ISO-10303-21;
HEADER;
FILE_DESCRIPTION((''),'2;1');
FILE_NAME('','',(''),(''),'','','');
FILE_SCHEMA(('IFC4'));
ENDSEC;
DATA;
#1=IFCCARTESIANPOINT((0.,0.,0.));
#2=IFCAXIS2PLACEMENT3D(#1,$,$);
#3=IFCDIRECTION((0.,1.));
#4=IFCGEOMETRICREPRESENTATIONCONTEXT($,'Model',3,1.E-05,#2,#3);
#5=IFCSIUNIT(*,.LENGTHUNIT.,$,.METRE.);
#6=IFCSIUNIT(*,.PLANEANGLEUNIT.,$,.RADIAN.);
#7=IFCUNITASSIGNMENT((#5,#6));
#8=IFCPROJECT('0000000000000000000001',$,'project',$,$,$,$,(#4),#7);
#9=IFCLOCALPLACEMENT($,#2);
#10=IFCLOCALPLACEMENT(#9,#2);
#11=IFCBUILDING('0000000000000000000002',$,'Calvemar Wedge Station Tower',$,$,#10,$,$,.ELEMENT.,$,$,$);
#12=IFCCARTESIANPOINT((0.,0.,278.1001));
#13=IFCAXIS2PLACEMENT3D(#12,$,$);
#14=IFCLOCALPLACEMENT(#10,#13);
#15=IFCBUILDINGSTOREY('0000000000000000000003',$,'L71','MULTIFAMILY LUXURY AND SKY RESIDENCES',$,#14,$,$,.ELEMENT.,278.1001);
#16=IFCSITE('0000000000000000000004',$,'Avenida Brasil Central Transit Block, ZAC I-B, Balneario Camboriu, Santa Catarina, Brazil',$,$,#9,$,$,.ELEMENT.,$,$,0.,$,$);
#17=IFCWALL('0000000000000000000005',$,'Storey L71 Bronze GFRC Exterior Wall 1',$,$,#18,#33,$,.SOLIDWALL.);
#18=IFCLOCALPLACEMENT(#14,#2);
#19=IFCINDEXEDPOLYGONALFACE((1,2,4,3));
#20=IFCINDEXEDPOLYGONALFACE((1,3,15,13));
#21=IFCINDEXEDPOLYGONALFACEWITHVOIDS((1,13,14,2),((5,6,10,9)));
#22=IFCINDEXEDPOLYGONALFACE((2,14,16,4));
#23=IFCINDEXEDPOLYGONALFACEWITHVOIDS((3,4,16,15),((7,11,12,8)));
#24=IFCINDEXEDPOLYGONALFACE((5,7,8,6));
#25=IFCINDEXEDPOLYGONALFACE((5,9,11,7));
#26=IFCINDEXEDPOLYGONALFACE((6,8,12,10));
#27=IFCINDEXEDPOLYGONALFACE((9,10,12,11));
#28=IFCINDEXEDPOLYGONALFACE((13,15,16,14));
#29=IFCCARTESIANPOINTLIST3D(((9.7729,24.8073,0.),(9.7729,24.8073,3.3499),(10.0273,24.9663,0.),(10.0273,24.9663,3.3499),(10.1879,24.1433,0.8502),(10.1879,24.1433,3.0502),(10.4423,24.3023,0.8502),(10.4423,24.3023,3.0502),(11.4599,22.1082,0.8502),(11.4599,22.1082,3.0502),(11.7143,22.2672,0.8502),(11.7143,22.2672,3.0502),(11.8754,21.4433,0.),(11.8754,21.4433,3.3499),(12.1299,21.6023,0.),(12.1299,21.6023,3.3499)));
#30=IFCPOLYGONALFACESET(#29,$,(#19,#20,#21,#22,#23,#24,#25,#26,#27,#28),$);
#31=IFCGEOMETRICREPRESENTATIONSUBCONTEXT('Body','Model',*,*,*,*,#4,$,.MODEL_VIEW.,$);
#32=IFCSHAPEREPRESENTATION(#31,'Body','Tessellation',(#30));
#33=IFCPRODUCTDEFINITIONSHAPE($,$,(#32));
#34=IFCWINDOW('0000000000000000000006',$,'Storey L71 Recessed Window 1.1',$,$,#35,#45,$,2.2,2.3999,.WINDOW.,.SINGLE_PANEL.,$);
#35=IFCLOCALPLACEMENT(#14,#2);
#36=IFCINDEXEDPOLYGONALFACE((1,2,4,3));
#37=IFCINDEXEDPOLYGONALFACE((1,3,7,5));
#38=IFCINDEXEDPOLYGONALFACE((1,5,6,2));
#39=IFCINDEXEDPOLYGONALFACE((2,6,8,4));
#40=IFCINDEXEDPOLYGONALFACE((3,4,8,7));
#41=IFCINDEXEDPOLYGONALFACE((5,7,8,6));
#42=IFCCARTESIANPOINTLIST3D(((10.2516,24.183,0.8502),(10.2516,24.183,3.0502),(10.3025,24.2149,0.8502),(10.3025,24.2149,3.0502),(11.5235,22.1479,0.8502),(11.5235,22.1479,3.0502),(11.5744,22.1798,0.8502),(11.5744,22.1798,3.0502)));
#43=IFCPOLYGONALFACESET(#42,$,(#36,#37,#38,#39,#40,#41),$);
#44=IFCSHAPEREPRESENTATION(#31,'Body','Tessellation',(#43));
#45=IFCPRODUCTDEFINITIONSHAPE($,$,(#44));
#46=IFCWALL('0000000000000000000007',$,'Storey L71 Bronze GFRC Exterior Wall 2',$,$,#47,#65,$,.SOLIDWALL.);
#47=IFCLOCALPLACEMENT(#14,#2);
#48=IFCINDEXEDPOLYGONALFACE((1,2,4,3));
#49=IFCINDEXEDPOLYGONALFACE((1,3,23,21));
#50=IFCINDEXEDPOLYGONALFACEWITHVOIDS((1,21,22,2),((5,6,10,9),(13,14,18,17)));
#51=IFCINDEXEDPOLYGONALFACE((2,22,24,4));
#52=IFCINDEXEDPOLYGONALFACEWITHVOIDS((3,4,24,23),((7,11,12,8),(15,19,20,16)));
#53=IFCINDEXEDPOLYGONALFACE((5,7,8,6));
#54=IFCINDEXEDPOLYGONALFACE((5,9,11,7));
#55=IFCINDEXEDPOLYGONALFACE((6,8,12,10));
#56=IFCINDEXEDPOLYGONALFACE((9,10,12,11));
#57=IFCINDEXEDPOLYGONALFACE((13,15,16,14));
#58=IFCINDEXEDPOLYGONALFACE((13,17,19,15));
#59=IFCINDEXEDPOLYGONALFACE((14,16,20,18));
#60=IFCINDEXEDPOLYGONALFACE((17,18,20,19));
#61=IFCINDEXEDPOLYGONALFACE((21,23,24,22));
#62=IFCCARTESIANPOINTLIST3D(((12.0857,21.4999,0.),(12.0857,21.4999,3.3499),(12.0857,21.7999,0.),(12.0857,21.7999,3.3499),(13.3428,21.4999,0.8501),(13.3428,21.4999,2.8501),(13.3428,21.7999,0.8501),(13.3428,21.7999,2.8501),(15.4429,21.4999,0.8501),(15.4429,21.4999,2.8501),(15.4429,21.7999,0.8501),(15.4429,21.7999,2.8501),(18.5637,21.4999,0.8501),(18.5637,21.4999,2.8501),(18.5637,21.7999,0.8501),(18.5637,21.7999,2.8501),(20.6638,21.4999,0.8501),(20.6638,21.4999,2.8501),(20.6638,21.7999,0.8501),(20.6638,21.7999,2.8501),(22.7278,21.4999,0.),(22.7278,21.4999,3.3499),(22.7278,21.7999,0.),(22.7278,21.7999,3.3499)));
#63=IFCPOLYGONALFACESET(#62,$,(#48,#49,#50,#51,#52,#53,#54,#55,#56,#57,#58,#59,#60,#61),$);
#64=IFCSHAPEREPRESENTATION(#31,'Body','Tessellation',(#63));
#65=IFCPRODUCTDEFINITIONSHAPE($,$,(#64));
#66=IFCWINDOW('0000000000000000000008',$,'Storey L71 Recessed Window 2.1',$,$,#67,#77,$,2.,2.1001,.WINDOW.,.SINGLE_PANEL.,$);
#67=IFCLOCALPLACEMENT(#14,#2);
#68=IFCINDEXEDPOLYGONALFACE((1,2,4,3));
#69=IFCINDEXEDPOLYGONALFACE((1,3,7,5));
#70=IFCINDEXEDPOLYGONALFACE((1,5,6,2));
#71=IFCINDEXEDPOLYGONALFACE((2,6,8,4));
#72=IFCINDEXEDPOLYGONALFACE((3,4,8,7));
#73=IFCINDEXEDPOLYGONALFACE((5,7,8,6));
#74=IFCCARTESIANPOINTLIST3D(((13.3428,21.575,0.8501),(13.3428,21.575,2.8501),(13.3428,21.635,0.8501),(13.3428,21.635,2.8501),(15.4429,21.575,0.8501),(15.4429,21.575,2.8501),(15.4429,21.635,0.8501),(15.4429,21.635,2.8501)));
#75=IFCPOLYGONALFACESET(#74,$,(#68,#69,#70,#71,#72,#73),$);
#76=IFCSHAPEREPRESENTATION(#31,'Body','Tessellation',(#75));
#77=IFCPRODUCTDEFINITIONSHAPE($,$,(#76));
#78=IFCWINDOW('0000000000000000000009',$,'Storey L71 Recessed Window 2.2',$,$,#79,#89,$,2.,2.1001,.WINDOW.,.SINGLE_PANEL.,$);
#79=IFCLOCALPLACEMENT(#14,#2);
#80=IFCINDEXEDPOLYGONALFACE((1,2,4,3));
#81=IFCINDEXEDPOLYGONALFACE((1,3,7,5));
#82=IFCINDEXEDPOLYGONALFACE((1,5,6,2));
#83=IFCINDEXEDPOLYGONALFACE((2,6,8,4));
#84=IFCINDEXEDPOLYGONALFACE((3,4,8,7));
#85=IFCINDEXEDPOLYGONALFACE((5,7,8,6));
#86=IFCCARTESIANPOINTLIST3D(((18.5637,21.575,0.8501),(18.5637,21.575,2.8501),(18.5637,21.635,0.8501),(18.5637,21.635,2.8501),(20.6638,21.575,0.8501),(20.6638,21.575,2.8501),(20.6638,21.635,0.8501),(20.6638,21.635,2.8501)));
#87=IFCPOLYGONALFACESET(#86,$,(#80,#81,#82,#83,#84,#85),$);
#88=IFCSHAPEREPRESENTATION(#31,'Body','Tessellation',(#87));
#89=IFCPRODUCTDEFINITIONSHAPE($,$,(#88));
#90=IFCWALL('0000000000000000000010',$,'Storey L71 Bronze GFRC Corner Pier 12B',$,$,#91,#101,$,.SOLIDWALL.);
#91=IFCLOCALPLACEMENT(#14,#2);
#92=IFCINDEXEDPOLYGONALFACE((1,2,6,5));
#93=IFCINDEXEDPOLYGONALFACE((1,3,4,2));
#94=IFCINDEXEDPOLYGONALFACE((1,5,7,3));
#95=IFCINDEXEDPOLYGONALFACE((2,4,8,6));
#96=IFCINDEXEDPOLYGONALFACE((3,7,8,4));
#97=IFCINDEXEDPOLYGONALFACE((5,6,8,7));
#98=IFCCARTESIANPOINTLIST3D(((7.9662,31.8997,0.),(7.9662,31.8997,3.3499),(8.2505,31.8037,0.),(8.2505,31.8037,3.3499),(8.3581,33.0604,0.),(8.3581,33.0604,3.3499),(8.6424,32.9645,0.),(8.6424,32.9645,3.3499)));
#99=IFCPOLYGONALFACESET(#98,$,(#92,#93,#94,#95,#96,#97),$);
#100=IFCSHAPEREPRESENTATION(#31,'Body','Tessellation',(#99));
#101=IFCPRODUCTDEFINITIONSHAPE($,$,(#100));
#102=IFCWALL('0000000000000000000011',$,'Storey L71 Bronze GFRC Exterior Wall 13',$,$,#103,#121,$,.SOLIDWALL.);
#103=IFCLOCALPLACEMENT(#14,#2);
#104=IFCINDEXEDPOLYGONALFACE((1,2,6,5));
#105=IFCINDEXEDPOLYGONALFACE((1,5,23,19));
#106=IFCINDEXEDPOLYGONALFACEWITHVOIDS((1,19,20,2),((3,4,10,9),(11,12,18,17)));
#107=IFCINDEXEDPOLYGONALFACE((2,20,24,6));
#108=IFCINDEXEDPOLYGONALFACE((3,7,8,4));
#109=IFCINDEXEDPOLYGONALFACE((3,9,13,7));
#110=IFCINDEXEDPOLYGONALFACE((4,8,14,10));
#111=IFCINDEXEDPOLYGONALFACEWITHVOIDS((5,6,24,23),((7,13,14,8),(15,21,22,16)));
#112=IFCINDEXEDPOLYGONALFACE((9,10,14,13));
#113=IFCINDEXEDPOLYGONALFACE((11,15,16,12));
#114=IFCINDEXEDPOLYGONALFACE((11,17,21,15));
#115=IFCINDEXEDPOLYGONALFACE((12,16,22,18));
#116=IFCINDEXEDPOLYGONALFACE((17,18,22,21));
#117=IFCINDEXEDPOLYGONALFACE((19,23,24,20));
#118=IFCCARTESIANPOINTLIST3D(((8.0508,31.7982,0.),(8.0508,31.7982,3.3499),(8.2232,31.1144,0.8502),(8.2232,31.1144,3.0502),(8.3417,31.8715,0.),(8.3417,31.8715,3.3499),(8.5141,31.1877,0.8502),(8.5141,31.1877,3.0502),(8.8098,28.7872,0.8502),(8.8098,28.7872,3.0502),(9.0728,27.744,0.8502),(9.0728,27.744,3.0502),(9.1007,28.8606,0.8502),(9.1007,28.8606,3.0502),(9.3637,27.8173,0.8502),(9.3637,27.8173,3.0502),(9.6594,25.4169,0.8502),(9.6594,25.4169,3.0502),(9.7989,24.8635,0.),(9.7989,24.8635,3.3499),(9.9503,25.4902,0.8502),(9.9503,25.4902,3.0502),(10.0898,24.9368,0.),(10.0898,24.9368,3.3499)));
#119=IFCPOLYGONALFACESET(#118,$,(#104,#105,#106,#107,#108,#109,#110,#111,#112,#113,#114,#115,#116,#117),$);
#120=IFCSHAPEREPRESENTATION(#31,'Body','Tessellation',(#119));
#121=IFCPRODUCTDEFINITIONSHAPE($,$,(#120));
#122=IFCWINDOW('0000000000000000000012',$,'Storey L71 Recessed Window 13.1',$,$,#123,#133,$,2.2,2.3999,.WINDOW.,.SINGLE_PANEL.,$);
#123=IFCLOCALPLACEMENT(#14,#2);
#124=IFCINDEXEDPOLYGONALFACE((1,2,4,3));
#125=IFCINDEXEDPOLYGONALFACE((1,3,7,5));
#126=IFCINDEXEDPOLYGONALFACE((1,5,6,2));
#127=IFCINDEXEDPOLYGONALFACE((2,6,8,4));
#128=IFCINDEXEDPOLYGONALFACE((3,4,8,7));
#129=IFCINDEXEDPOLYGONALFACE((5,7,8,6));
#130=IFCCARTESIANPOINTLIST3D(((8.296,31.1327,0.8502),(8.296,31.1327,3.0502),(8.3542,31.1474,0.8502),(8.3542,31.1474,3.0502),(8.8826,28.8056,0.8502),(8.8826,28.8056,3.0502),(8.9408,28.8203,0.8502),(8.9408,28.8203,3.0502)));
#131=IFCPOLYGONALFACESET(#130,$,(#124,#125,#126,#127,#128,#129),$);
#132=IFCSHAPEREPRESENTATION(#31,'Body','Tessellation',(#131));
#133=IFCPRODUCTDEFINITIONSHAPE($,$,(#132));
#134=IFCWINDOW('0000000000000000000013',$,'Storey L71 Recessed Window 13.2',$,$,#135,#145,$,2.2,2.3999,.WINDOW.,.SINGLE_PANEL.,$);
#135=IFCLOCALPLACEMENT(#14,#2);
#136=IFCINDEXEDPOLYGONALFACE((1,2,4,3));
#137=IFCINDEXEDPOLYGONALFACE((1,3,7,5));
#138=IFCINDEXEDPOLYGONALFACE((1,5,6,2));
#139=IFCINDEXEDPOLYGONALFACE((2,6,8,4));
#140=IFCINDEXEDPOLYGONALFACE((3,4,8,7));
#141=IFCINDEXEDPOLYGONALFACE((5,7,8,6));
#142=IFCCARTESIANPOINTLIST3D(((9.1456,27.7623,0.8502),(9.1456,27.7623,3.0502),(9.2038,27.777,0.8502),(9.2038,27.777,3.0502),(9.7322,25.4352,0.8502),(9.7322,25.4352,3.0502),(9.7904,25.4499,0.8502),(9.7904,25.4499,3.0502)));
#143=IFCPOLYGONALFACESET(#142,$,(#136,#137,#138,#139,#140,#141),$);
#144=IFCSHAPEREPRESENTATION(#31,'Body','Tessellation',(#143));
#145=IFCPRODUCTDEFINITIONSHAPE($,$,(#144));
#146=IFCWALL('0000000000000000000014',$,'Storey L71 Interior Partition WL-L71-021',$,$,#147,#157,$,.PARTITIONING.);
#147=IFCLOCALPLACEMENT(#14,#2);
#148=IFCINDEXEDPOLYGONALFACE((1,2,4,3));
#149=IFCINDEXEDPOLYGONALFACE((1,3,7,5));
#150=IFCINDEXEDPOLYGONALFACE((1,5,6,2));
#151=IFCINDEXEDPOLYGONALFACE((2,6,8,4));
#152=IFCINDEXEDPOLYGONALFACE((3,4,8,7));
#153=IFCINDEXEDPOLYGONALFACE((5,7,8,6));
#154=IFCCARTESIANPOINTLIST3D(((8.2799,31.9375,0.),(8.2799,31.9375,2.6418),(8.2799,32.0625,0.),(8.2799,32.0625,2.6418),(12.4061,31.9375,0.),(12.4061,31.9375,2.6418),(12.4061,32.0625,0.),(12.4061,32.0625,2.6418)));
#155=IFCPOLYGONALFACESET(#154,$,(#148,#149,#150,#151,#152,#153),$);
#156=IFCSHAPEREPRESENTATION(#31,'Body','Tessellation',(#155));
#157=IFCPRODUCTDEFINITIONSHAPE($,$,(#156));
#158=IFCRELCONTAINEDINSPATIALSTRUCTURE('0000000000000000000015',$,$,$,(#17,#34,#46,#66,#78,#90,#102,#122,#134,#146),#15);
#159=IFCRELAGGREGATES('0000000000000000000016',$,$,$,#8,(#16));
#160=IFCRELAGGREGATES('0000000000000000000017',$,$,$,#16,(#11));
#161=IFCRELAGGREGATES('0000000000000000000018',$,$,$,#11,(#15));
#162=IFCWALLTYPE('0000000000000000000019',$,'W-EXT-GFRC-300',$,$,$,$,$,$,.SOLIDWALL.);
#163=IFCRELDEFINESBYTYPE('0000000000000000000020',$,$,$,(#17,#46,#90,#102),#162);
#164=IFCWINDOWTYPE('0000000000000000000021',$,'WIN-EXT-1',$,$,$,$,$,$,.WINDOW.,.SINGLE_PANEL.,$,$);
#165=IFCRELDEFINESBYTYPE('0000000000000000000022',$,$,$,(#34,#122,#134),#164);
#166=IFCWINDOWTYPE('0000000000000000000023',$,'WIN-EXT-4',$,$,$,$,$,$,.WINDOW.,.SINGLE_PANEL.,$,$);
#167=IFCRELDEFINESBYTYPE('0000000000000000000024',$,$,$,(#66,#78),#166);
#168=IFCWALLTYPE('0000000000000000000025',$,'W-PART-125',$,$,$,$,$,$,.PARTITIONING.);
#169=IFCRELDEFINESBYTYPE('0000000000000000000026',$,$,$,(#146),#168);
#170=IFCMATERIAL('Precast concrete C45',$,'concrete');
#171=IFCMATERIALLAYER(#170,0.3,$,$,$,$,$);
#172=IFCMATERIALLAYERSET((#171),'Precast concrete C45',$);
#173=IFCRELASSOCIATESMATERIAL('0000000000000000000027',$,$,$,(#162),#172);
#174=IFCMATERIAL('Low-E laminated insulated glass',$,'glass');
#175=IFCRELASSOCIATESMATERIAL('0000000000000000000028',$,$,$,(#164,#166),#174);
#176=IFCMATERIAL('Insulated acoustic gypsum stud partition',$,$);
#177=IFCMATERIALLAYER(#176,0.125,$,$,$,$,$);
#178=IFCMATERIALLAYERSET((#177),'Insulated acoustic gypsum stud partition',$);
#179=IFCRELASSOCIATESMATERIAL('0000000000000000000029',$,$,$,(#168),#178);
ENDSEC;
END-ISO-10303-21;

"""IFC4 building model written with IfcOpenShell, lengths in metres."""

from ifc_helpers import new_model, si_unit, direction, frame, frame_2d, origin, place, context, subcontext, project, spatial, rectangle, extrude, source, transform, mapped, material, layer, layer_set, type_object, element, fill, save


model = new_model("IFC4")

# Units and contexts
model_context = context("Model", 3, precision=1e-05, world=origin(), true_north=direction((0.0, 1.0)))
body_context = subcontext(model_context, "Body", "Model", "MODEL_VIEW")
ifc_project = project(units=[si_unit("LENGTHUNIT", "METRE"), si_unit("PLANEANGLEUNIT", "RADIAN")], contexts=[model_context])

# Site, building, storey
site_placement = place(None, origin())
site = spatial("IfcSite", under=ifc_project, at=site_placement, Name="Avenida Brasil Central Transit Block, ZAC I-B, Balneario Camboriu, Santa Catarina, Brazil", CompositionType="ELEMENT", RefElevation=0.0)
building_placement = place(site_placement, origin())
building = spatial("IfcBuilding", under=site, at=building_placement, Name="Calvemar Wedge Station Tower", CompositionType="ELEMENT")
storey_placement = place(building_placement, frame((0.0, 0.0, 278.1001)))
storey = spatial("IfcBuildingStorey", under=building, at=storey_placement, Name="L71", Description="MULTIFAMILY LUXURY AND SKY RESIDENCES", CompositionType="ELEMENT", Elevation=278.1001)

# Wall, opening, window
ifc_material_1 = material(Name="Precast concrete C45", Category="concrete")
ifc_layer_1 = layer(ifc_material_1, 0.3)
ifc_layer_set_1 = layer_set([ifc_layer_1], Name="Precast concrete C45")
wall_type_1 = type_object("IfcWallType", Name="W-EXT-GFRC-300", PredefinedType="SOLIDWALL", material=ifc_layer_set_1)
wall_1_placement = place(storey_placement, frame((9.9001, 24.8867, 0.0), z_axis=(0.0, 0.0, 1.0), x_axis=(0.530004, -0.847995, 0.0)))
wall_1 = element("IfcWall", 1, at=wall_1_placement, inside=storey, type_object=wall_type_1, Name="Storey L71 Bronze GFRC Exterior Wall 1", PredefinedType="SOLIDWALL", context=body_context, shape_type="SweptSolid", body=[
    extrude(rectangle(XDim=3.967, YDim=0.3, at=frame_2d((1.9834, 0.0))), origin(), (0.0, 0.0, 1.0), 3.3499),
])
shared_shape_1 = source(origin(), body_context, "Body", "SweptSolid", [
    extrude(rectangle(XDim=2.3999, YDim=2.2, at=frame_2d((1.2, 1.1001))), frame((0.0, 0.1602, 0.0), z_axis=(0.0, -1.0, 0.0), x_axis=(1.0, 0.0, 0.0)), (0.0, 0.0, 1.0), 0.3201),
])
opening_1_placement = place(wall_1_placement, frame((0.783, 0.0, 0.8501)))
opening_1 = element("IfcOpeningElement", 2, at=opening_1_placement, cuts=wall_1, PredefinedType="OPENING", context=body_context, shape_type="MappedRepresentation", body=[
    mapped(shared_shape_1, transform((0.0, 0.0, 0.0), scale=1.0)),
])
ifc_material_2 = material(Name="Low-E laminated insulated glass", Category="glass")
window_type_1 = type_object("IfcWindowType", Name="WIN-EXT-1", PartitioningType="SINGLE_PANEL", PredefinedType="WINDOW", material=ifc_material_2)
shared_shape_2 = source(origin(), body_context, "Body", "SweptSolid", [
    extrude(rectangle(XDim=2.3999, YDim=2.2, at=frame_2d((1.2, 1.1001))), frame((0.0, -0.0149, 0.0), z_axis=(0.0, -1.0, 0.0), x_axis=(1.0, 0.0, 0.0)), (0.0, 0.0, 1.0), 0.0601),
])
window_1_placement = place(opening_1_placement, origin())
window_1 = element("IfcWindow", 3, at=window_1_placement, inside=storey, type_object=window_type_1, Name="Storey L71 Recessed Window 1.1", OverallHeight=2.2, OverallWidth=2.3999, PartitioningType="SINGLE_PANEL", PredefinedType="WINDOW", context=body_context, shape_type="MappedRepresentation", body=[
    mapped(shared_shape_2, transform((0.0, 0.0, 0.0), scale=1.0)),
])
fill(opening_1, window_1)

# Wall, openings, windows
wall_2_placement = place(storey_placement, frame((12.0857, 21.6499, 0.0), z_axis=(0.0, 0.0, 1.0), x_axis=(1.0, 0.0, 0.0)))
wall_2 = element("IfcWall", 4, at=wall_2_placement, inside=storey, type_object=wall_type_1, Name="Storey L71 Bronze GFRC Exterior Wall 2", PredefinedType="SOLIDWALL", context=body_context, shape_type="SweptSolid", body=[
    extrude(rectangle(XDim=10.6421, YDim=0.3, at=frame_2d((5.321, 0.0))), origin(), (0.0, 0.0, 1.0), 3.3499),
])
shared_shape_3 = source(origin(), body_context, "Body", "SweptSolid", [
    extrude(rectangle(XDim=2.1001, YDim=2.0, at=frame_2d((1.05, 1.0))), frame((0.0, 0.1602, 0.0), z_axis=(0.0, -1.0, 0.0), x_axis=(1.0, 0.0, 0.0)), (0.0, 0.0, 1.0), 0.3201),
])
opening_2_placement = place(wall_2_placement, frame((1.2571, 0.0, 0.8501)))
opening_2 = element("IfcOpeningElement", 5, at=opening_2_placement, cuts=wall_2, PredefinedType="OPENING", context=body_context, shape_type="MappedRepresentation", body=[
    mapped(shared_shape_3, transform((0.0, 0.0, 0.0), scale=1.0)),
])
opening_3_placement = place(wall_2_placement, frame((6.478, 0.0, 0.8501)))
opening_3 = element("IfcOpeningElement", 6, at=opening_3_placement, cuts=wall_2, PredefinedType="OPENING", context=body_context, shape_type="MappedRepresentation", body=[
    mapped(shared_shape_3, transform((0.0, 0.0, 0.0), scale=1.0)),
])
window_type_2 = type_object("IfcWindowType", Name="WIN-EXT-4", PartitioningType="SINGLE_PANEL", PredefinedType="WINDOW", material=ifc_material_2)
shared_shape_4 = source(origin(), body_context, "Body", "SweptSolid", [
    extrude(rectangle(XDim=2.1001, YDim=2.0, at=frame_2d((1.05, 1.0))), frame((0.0, -0.0149, 0.0), z_axis=(0.0, -1.0, 0.0), x_axis=(1.0, 0.0, 0.0)), (0.0, 0.0, 1.0), 0.0601),
])
window_2_placement = place(opening_2_placement, origin())
window_2 = element("IfcWindow", 7, at=window_2_placement, inside=storey, type_object=window_type_2, Name="Storey L71 Recessed Window 2.1", OverallHeight=2.0, OverallWidth=2.1001, PartitioningType="SINGLE_PANEL", PredefinedType="WINDOW", context=body_context, shape_type="MappedRepresentation", body=[
    mapped(shared_shape_4, transform((0.0, 0.0, 0.0), scale=1.0)),
])
fill(opening_2, window_2)
window_3_placement = place(opening_3_placement, origin())
window_3 = element("IfcWindow", 8, at=window_3_placement, inside=storey, type_object=window_type_2, Name="Storey L71 Recessed Window 2.2", OverallHeight=2.0, OverallWidth=2.1001, PartitioningType="SINGLE_PANEL", PredefinedType="WINDOW", context=body_context, shape_type="MappedRepresentation", body=[
    mapped(shared_shape_4, transform((0.0, 0.0, 0.0), scale=1.0)),
])
fill(opening_3, window_3)

# Wall
wall_3_placement = place(storey_placement, frame((8.5002, 33.0125, 0.0), z_axis=(0.0, 0.0, 1.0), x_axis=(-0.319873, -0.947461, 0.0)))
element("IfcWall", 9, at=wall_3_placement, inside=storey, type_object=wall_type_1, Name="Storey L71 Bronze GFRC Corner Pier 12B", PredefinedType="SOLIDWALL", context=body_context, shape_type="SweptSolid", body=[
    extrude(rectangle(XDim=1.2251, YDim=0.3, at=frame_2d((0.6125, 0.0))), origin(), (0.0, 0.0, 1.0), 3.3499),
])

# Wall, openings, windows
wall_4_placement = place(storey_placement, frame((8.1963, 31.8347, 0.0), z_axis=(0.0, 0.0, 1.0), x_axis=(0.244431, -0.969667, 0.0)))
wall_4 = element("IfcWall", 10, at=wall_4_placement, inside=storey, type_object=wall_type_1, Name="Storey L71 Bronze GFRC Exterior Wall 13", PredefinedType="SOLIDWALL", context=body_context, shape_type="SweptSolid", body=[
    extrude(rectangle(XDim=7.1516, YDim=0.3, at=frame_2d((3.5757, 0.0))), origin(), (0.0, 0.0, 1.0), 3.3499),
])
opening_4_placement = place(wall_4_placement, frame((0.7051, 0.0, 0.8501)))
opening_4 = element("IfcOpeningElement", 11, at=opening_4_placement, cuts=wall_4, PredefinedType="OPENING", context=body_context, shape_type="MappedRepresentation", body=[
    mapped(shared_shape_1, transform((0.0, 0.0, 0.0), scale=1.0)),
])
opening_5_placement = place(wall_4_placement, frame((4.1809, 0.0, 0.8501)))
opening_5 = element("IfcOpeningElement", 12, at=opening_5_placement, cuts=wall_4, PredefinedType="OPENING", context=body_context, shape_type="MappedRepresentation", body=[
    mapped(shared_shape_1, transform((0.0, 0.0, 0.0), scale=1.0)),
])
window_4_placement = place(opening_4_placement, origin())
window_4 = element("IfcWindow", 13, at=window_4_placement, inside=storey, type_object=window_type_1, Name="Storey L71 Recessed Window 13.1", OverallHeight=2.2, OverallWidth=2.3999, PartitioningType="SINGLE_PANEL", PredefinedType="WINDOW", context=body_context, shape_type="MappedRepresentation", body=[
    mapped(shared_shape_2, transform((0.0, 0.0, 0.0), scale=1.0)),
])
fill(opening_4, window_4)
window_5_placement = place(opening_5_placement, origin())
window_5 = element("IfcWindow", 14, at=window_5_placement, inside=storey, type_object=window_type_1, Name="Storey L71 Recessed Window 13.2", OverallHeight=2.2, OverallWidth=2.3999, PartitioningType="SINGLE_PANEL", PredefinedType="WINDOW", context=body_context, shape_type="MappedRepresentation", body=[
    mapped(shared_shape_2, transform((0.0, 0.0, 0.0), scale=1.0)),
])
fill(opening_5, window_5)

# Wall
ifc_material_3 = material(Name="Insulated acoustic gypsum stud partition")
ifc_layer_2 = layer(ifc_material_3, 0.125)
ifc_layer_set_2 = layer_set([ifc_layer_2], Name="Insulated acoustic gypsum stud partition")
wall_type_2 = type_object("IfcWallType", Name="W-PART-125", PredefinedType="PARTITIONING", material=ifc_layer_set_2)
wall_5_placement = place(storey_placement, frame((12.406, 32.0, 0.0), z_axis=(0.0, 0.0, 1.0), x_axis=(-1.0, 0.0, 0.0)))
element("IfcWall", 15, at=wall_5_placement, inside=storey, type_object=wall_type_2, Name="Storey L71 Interior Partition WL-L71-021", PredefinedType="PARTITIONING", context=body_context, shape_type="SweptSolid", body=[
    extrude(rectangle(XDim=4.1262, YDim=0.125, at=frame_2d((2.063, 0.0))), origin(), (0.0, 0.0, 1.0), 2.6418),
])

save(model, "model.ifc")
